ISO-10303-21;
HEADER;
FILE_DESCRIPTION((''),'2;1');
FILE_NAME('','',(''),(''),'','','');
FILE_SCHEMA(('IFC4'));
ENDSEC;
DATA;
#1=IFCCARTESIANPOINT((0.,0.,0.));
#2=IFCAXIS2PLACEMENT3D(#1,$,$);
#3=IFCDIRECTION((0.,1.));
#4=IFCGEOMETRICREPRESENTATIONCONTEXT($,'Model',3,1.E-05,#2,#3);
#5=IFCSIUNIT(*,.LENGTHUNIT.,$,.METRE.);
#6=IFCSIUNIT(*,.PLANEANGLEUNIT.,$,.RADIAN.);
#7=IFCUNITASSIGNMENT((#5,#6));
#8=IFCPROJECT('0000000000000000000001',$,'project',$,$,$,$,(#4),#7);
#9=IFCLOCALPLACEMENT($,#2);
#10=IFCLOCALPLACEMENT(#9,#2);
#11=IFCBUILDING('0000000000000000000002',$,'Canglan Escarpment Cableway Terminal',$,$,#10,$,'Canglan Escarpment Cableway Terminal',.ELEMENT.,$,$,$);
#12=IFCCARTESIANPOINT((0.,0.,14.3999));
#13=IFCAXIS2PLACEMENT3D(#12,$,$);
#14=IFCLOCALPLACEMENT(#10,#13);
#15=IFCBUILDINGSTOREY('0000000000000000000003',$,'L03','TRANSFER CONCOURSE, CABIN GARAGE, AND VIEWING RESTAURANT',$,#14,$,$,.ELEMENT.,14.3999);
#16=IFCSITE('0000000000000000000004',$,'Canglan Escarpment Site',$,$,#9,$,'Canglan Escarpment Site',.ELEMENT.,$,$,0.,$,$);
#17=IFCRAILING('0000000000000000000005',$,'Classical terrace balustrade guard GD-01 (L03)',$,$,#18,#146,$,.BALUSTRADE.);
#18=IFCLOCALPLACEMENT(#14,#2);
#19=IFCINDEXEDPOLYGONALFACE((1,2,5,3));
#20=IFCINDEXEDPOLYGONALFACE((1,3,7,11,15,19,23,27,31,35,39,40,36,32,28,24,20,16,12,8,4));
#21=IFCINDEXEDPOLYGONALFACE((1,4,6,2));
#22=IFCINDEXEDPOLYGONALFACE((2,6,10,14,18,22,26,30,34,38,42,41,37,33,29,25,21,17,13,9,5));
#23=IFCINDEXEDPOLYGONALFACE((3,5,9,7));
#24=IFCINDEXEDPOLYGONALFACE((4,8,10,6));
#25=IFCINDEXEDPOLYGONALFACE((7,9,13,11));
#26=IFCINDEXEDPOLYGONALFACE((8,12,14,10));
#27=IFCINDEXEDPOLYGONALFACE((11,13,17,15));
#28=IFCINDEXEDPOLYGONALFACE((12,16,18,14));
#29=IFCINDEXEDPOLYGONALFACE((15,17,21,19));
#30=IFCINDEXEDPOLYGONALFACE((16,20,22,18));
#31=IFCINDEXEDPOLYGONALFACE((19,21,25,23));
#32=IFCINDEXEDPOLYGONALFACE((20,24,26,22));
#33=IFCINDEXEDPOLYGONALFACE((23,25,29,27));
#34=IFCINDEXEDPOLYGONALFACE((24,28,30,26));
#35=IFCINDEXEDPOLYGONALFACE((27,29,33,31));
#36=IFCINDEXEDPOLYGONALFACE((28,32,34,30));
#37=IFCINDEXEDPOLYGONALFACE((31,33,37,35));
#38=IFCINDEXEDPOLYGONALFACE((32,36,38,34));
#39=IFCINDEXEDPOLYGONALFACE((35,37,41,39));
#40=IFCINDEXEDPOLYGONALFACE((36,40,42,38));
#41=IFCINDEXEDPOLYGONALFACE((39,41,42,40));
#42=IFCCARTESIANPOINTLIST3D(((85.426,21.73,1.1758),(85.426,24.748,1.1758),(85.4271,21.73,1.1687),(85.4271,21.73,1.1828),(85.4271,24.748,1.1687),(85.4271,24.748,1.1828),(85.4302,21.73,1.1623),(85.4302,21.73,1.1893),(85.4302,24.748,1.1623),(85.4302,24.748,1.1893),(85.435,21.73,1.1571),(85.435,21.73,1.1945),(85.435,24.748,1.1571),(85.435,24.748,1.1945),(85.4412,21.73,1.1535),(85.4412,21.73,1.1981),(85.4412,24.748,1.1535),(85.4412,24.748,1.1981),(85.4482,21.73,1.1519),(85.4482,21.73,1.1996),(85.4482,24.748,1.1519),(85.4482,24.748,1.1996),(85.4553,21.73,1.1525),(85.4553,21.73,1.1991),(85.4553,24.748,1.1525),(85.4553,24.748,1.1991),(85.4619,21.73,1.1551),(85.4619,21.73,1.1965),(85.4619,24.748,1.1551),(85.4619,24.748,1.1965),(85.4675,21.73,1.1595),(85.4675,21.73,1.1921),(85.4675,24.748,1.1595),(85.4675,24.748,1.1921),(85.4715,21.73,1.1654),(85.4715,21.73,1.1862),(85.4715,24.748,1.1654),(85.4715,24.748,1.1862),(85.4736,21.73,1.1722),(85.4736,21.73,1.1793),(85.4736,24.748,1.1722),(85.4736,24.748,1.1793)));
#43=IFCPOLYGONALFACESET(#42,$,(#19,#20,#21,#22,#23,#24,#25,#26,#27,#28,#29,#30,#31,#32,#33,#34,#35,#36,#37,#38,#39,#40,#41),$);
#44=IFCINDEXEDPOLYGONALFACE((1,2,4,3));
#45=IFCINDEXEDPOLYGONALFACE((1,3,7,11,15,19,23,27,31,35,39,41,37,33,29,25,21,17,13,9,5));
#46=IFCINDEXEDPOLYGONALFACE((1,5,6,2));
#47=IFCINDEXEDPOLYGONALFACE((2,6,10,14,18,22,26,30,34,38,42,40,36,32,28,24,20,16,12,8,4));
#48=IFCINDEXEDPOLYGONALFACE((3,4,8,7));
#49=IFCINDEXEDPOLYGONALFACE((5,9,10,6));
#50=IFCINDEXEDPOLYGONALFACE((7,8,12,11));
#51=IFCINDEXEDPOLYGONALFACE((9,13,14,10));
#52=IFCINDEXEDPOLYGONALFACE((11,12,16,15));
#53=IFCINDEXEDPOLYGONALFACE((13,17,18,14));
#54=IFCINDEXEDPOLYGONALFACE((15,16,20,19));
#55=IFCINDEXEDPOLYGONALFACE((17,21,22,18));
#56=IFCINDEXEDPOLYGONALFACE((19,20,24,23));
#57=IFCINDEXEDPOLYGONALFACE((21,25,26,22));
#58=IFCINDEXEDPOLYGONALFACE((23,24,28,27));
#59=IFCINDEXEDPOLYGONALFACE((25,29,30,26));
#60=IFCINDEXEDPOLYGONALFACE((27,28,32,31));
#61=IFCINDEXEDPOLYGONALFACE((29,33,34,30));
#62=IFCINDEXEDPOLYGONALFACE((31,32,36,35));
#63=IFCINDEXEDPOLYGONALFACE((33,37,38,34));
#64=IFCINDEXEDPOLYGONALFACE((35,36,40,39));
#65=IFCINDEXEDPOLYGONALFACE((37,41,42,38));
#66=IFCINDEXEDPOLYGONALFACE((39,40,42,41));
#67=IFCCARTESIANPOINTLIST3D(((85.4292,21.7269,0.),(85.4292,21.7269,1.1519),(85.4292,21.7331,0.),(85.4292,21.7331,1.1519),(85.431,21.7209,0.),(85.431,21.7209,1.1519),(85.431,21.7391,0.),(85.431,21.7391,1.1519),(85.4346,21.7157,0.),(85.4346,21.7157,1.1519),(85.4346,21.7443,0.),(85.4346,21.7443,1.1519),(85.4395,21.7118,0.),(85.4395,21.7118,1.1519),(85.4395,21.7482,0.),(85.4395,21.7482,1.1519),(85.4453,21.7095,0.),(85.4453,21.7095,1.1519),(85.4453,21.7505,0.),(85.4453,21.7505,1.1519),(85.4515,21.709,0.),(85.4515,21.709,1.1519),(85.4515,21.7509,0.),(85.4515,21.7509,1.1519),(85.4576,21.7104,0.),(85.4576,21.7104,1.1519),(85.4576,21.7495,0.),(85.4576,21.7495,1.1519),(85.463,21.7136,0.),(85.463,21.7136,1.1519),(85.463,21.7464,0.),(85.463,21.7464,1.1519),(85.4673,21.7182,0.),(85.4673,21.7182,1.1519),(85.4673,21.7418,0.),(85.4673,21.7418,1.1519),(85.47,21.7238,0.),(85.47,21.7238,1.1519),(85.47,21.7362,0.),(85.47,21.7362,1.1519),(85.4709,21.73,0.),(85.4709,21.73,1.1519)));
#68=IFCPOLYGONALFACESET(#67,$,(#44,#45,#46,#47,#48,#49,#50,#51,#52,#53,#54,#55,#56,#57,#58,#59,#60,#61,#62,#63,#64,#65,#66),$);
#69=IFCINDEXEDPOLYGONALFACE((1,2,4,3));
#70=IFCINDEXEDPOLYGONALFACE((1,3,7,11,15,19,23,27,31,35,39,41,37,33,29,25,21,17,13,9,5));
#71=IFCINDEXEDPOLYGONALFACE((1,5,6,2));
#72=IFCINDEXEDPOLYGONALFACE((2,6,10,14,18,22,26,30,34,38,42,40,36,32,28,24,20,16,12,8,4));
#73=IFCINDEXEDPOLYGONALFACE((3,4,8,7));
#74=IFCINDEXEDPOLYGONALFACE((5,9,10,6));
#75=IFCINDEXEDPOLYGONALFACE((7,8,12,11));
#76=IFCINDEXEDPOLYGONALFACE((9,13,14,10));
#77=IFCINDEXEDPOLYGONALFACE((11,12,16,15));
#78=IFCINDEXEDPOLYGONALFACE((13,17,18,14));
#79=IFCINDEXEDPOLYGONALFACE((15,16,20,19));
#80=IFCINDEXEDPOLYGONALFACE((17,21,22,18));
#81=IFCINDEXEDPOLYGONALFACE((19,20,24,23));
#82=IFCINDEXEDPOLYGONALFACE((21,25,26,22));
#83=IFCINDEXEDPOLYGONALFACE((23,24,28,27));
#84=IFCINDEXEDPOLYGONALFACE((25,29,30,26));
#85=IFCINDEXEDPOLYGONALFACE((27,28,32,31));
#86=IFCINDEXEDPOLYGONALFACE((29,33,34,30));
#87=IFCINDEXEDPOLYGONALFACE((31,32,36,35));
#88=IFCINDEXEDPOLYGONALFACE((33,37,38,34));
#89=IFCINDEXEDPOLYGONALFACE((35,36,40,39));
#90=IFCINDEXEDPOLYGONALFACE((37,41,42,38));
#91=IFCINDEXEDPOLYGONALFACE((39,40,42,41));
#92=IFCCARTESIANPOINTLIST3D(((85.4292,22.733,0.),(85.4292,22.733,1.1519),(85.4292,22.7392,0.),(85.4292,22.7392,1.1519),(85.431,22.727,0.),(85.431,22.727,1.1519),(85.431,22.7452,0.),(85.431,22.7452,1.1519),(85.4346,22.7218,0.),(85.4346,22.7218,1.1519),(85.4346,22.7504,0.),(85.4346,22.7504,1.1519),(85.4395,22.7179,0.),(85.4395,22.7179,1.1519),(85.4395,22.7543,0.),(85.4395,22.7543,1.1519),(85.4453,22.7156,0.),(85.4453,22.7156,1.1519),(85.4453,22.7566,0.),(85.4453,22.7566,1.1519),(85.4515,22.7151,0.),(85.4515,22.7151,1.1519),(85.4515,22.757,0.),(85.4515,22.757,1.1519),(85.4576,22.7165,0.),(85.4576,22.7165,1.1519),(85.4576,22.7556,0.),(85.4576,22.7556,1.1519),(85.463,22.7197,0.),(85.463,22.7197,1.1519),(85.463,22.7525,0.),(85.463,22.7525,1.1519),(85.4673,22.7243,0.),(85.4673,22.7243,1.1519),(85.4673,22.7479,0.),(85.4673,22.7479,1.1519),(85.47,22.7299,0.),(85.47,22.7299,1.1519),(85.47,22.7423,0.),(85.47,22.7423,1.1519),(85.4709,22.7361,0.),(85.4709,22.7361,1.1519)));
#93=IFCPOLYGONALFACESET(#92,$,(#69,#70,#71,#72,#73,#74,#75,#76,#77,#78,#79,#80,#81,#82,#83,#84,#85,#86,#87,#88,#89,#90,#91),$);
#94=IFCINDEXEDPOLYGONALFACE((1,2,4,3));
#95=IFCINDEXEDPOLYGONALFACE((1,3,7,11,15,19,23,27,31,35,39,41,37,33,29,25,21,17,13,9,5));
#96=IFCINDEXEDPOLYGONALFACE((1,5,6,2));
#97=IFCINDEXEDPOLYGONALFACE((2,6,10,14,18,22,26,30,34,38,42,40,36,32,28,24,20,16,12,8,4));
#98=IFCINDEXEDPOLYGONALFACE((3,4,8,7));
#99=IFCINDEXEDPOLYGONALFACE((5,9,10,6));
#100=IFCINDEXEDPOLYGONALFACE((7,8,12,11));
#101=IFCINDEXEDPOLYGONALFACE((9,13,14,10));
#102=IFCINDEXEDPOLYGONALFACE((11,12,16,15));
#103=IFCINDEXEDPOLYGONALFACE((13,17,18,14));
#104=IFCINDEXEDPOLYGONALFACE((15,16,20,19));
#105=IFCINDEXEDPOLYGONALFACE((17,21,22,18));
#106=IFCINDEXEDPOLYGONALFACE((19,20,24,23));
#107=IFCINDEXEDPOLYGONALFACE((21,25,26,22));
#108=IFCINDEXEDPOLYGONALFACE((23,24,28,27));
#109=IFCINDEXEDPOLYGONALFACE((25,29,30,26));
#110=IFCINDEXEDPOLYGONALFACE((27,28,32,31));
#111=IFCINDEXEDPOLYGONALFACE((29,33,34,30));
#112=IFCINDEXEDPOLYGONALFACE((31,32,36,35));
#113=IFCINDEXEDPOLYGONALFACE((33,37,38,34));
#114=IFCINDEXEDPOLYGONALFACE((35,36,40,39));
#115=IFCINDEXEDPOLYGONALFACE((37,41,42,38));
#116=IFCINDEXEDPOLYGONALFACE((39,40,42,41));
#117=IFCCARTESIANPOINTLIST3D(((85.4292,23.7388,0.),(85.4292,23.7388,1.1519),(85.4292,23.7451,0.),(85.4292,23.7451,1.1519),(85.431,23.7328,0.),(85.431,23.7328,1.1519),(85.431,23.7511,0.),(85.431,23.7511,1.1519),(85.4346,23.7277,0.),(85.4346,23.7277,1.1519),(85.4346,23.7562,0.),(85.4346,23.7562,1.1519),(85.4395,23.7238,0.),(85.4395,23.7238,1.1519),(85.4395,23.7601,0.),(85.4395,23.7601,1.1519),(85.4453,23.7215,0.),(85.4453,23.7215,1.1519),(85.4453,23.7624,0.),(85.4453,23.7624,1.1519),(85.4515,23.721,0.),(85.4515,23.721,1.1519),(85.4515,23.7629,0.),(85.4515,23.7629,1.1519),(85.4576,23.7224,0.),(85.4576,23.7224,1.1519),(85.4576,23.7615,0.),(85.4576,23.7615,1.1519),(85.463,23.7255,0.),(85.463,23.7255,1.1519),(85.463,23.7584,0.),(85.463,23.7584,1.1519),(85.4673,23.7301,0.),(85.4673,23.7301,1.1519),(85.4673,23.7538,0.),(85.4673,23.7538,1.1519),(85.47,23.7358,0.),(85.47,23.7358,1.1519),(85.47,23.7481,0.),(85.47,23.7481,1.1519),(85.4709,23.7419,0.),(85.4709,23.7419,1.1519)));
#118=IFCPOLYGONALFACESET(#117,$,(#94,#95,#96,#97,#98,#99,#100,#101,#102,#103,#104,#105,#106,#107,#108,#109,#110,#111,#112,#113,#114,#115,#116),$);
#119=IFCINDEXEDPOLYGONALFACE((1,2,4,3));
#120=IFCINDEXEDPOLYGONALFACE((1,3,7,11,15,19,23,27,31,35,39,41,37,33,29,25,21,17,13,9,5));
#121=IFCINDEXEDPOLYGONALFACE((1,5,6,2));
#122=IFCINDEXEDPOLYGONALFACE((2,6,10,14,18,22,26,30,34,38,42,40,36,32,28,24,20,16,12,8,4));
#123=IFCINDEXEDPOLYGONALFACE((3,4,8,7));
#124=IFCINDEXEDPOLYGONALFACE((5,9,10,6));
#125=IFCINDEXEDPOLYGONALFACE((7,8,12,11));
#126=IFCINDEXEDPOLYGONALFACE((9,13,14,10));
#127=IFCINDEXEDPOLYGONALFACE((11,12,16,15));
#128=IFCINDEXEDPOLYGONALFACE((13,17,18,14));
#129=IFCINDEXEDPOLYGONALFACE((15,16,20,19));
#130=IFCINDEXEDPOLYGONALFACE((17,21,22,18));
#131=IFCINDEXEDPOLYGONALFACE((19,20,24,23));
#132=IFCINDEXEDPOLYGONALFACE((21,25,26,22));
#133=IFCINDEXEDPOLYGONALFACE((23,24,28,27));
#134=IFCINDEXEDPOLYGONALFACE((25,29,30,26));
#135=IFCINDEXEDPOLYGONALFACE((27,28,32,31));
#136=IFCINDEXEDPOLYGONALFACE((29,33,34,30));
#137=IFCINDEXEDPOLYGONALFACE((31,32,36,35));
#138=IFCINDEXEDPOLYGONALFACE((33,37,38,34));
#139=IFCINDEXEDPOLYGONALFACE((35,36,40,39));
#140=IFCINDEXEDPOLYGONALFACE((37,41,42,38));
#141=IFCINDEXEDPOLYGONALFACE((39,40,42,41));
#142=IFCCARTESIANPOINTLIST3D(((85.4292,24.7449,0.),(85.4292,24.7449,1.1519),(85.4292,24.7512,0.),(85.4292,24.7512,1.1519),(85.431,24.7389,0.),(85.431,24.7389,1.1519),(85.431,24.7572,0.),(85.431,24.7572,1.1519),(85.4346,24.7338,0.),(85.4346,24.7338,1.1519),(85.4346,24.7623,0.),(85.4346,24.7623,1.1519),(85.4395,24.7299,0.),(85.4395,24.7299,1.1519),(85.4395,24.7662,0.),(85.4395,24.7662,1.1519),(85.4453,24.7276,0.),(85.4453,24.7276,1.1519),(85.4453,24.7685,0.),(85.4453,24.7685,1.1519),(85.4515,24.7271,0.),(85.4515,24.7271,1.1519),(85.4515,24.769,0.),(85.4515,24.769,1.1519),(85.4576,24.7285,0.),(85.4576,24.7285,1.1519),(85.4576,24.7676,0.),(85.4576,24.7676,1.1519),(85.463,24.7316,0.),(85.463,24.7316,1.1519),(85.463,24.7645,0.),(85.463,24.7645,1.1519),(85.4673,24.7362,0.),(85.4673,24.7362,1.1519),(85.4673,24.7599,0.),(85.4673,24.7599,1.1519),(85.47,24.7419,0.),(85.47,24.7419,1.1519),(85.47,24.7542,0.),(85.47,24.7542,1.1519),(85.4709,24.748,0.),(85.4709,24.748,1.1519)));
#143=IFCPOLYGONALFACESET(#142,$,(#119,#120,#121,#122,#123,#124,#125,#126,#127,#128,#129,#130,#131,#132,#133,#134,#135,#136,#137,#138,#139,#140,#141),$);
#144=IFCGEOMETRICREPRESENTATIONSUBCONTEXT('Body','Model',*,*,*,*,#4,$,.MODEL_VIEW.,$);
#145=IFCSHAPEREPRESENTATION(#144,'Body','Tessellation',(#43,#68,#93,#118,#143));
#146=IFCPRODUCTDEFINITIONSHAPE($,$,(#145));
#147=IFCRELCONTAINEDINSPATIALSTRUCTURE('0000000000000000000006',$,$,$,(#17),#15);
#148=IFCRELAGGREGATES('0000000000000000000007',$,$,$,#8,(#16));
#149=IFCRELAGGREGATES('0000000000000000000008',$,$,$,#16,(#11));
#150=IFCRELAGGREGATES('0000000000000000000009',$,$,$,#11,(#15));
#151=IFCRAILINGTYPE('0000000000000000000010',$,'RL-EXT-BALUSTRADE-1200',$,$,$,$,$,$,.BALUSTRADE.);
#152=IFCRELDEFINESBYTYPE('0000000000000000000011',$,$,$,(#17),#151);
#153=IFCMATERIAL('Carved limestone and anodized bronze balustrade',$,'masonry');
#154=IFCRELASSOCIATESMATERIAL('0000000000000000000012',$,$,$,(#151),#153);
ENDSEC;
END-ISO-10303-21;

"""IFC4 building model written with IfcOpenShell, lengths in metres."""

from ifc_helpers import new_model, si_unit, direction, frame, origin, origin_2d, place, context, subcontext, project, spatial, circle, extrude, material, type_object, element, save


model = new_model("IFC4")

# Units and contexts
model_context = context("Model", 3, precision=1e-05, world=origin(), true_north=direction((0.0, 1.0)))
body_context = subcontext(model_context, "Body", "Model", "MODEL_VIEW")
ifc_project = project(units=[si_unit("LENGTHUNIT", "METRE"), si_unit("PLANEANGLEUNIT", "RADIAN")], contexts=[model_context])

# Site, building, storey
site_placement = place(None, origin())
site = spatial("IfcSite", under=ifc_project, at=site_placement, Name="Canglan Escarpment Site", LongName="Canglan Escarpment Site", CompositionType="ELEMENT", RefElevation=0.0)
building_placement = place(site_placement, origin())
building = spatial("IfcBuilding", under=site, at=building_placement, Name="Canglan Escarpment Cableway Terminal", LongName="Canglan Escarpment Cableway Terminal", CompositionType="ELEMENT")
storey_placement = place(building_placement, frame((0.0, 0.0, 14.3999)))
storey = spatial("IfcBuildingStorey", under=building, at=storey_placement, Name="L03", Description="TRANSFER CONCOURSE, CABIN GARAGE, AND VIEWING RESTAURANT", CompositionType="ELEMENT", Elevation=14.3999)

# Railing
ifc_material_1 = material(Name="Carved limestone and anodized bronze balustrade", Category="masonry")
railing_type = type_object("IfcRailingType", Name="RL-EXT-BALUSTRADE-1200", PredefinedType="BALUSTRADE", material=ifc_material_1)
railing_1_placement = place(storey_placement, frame((85.45, 21.73, 0.0)))
element("IfcRailing", 1, at=railing_1_placement, inside=storey, type_object=railing_type, Name="Classical terrace balustrade guard GD-01 (L03)", PredefinedType="BALUSTRADE", context=body_context, shape_type="SweptSolid", body=[
    extrude(circle(Radius=0.0239, at=origin_2d()), frame((0.0, 0.0, 1.1758), z_axis=(0.0, 1.0, 0.0), x_axis=(-1.0, 0.0, 0.0)), (0.0, 0.0, 1.0), 3.0181),
    extrude(circle(Radius=0.021, at=origin_2d()), origin(), (0.0, 0.0, 1.0), 1.1519),
    extrude(circle(Radius=0.021, at=origin_2d()), frame((0.0, 1.0061, 0.0)), (0.0, 0.0, 1.0), 1.1519),
    extrude(circle(Radius=0.021, at=origin_2d()), frame((0.0, 2.012, 0.0)), (0.0, 0.0, 1.0), 1.1519),
    extrude(circle(Radius=0.021, at=origin_2d()), frame((0.0, 3.0181, 0.0)), (0.0, 0.0, 1.0), 1.1519),
])

save(model, "model.ifc")
